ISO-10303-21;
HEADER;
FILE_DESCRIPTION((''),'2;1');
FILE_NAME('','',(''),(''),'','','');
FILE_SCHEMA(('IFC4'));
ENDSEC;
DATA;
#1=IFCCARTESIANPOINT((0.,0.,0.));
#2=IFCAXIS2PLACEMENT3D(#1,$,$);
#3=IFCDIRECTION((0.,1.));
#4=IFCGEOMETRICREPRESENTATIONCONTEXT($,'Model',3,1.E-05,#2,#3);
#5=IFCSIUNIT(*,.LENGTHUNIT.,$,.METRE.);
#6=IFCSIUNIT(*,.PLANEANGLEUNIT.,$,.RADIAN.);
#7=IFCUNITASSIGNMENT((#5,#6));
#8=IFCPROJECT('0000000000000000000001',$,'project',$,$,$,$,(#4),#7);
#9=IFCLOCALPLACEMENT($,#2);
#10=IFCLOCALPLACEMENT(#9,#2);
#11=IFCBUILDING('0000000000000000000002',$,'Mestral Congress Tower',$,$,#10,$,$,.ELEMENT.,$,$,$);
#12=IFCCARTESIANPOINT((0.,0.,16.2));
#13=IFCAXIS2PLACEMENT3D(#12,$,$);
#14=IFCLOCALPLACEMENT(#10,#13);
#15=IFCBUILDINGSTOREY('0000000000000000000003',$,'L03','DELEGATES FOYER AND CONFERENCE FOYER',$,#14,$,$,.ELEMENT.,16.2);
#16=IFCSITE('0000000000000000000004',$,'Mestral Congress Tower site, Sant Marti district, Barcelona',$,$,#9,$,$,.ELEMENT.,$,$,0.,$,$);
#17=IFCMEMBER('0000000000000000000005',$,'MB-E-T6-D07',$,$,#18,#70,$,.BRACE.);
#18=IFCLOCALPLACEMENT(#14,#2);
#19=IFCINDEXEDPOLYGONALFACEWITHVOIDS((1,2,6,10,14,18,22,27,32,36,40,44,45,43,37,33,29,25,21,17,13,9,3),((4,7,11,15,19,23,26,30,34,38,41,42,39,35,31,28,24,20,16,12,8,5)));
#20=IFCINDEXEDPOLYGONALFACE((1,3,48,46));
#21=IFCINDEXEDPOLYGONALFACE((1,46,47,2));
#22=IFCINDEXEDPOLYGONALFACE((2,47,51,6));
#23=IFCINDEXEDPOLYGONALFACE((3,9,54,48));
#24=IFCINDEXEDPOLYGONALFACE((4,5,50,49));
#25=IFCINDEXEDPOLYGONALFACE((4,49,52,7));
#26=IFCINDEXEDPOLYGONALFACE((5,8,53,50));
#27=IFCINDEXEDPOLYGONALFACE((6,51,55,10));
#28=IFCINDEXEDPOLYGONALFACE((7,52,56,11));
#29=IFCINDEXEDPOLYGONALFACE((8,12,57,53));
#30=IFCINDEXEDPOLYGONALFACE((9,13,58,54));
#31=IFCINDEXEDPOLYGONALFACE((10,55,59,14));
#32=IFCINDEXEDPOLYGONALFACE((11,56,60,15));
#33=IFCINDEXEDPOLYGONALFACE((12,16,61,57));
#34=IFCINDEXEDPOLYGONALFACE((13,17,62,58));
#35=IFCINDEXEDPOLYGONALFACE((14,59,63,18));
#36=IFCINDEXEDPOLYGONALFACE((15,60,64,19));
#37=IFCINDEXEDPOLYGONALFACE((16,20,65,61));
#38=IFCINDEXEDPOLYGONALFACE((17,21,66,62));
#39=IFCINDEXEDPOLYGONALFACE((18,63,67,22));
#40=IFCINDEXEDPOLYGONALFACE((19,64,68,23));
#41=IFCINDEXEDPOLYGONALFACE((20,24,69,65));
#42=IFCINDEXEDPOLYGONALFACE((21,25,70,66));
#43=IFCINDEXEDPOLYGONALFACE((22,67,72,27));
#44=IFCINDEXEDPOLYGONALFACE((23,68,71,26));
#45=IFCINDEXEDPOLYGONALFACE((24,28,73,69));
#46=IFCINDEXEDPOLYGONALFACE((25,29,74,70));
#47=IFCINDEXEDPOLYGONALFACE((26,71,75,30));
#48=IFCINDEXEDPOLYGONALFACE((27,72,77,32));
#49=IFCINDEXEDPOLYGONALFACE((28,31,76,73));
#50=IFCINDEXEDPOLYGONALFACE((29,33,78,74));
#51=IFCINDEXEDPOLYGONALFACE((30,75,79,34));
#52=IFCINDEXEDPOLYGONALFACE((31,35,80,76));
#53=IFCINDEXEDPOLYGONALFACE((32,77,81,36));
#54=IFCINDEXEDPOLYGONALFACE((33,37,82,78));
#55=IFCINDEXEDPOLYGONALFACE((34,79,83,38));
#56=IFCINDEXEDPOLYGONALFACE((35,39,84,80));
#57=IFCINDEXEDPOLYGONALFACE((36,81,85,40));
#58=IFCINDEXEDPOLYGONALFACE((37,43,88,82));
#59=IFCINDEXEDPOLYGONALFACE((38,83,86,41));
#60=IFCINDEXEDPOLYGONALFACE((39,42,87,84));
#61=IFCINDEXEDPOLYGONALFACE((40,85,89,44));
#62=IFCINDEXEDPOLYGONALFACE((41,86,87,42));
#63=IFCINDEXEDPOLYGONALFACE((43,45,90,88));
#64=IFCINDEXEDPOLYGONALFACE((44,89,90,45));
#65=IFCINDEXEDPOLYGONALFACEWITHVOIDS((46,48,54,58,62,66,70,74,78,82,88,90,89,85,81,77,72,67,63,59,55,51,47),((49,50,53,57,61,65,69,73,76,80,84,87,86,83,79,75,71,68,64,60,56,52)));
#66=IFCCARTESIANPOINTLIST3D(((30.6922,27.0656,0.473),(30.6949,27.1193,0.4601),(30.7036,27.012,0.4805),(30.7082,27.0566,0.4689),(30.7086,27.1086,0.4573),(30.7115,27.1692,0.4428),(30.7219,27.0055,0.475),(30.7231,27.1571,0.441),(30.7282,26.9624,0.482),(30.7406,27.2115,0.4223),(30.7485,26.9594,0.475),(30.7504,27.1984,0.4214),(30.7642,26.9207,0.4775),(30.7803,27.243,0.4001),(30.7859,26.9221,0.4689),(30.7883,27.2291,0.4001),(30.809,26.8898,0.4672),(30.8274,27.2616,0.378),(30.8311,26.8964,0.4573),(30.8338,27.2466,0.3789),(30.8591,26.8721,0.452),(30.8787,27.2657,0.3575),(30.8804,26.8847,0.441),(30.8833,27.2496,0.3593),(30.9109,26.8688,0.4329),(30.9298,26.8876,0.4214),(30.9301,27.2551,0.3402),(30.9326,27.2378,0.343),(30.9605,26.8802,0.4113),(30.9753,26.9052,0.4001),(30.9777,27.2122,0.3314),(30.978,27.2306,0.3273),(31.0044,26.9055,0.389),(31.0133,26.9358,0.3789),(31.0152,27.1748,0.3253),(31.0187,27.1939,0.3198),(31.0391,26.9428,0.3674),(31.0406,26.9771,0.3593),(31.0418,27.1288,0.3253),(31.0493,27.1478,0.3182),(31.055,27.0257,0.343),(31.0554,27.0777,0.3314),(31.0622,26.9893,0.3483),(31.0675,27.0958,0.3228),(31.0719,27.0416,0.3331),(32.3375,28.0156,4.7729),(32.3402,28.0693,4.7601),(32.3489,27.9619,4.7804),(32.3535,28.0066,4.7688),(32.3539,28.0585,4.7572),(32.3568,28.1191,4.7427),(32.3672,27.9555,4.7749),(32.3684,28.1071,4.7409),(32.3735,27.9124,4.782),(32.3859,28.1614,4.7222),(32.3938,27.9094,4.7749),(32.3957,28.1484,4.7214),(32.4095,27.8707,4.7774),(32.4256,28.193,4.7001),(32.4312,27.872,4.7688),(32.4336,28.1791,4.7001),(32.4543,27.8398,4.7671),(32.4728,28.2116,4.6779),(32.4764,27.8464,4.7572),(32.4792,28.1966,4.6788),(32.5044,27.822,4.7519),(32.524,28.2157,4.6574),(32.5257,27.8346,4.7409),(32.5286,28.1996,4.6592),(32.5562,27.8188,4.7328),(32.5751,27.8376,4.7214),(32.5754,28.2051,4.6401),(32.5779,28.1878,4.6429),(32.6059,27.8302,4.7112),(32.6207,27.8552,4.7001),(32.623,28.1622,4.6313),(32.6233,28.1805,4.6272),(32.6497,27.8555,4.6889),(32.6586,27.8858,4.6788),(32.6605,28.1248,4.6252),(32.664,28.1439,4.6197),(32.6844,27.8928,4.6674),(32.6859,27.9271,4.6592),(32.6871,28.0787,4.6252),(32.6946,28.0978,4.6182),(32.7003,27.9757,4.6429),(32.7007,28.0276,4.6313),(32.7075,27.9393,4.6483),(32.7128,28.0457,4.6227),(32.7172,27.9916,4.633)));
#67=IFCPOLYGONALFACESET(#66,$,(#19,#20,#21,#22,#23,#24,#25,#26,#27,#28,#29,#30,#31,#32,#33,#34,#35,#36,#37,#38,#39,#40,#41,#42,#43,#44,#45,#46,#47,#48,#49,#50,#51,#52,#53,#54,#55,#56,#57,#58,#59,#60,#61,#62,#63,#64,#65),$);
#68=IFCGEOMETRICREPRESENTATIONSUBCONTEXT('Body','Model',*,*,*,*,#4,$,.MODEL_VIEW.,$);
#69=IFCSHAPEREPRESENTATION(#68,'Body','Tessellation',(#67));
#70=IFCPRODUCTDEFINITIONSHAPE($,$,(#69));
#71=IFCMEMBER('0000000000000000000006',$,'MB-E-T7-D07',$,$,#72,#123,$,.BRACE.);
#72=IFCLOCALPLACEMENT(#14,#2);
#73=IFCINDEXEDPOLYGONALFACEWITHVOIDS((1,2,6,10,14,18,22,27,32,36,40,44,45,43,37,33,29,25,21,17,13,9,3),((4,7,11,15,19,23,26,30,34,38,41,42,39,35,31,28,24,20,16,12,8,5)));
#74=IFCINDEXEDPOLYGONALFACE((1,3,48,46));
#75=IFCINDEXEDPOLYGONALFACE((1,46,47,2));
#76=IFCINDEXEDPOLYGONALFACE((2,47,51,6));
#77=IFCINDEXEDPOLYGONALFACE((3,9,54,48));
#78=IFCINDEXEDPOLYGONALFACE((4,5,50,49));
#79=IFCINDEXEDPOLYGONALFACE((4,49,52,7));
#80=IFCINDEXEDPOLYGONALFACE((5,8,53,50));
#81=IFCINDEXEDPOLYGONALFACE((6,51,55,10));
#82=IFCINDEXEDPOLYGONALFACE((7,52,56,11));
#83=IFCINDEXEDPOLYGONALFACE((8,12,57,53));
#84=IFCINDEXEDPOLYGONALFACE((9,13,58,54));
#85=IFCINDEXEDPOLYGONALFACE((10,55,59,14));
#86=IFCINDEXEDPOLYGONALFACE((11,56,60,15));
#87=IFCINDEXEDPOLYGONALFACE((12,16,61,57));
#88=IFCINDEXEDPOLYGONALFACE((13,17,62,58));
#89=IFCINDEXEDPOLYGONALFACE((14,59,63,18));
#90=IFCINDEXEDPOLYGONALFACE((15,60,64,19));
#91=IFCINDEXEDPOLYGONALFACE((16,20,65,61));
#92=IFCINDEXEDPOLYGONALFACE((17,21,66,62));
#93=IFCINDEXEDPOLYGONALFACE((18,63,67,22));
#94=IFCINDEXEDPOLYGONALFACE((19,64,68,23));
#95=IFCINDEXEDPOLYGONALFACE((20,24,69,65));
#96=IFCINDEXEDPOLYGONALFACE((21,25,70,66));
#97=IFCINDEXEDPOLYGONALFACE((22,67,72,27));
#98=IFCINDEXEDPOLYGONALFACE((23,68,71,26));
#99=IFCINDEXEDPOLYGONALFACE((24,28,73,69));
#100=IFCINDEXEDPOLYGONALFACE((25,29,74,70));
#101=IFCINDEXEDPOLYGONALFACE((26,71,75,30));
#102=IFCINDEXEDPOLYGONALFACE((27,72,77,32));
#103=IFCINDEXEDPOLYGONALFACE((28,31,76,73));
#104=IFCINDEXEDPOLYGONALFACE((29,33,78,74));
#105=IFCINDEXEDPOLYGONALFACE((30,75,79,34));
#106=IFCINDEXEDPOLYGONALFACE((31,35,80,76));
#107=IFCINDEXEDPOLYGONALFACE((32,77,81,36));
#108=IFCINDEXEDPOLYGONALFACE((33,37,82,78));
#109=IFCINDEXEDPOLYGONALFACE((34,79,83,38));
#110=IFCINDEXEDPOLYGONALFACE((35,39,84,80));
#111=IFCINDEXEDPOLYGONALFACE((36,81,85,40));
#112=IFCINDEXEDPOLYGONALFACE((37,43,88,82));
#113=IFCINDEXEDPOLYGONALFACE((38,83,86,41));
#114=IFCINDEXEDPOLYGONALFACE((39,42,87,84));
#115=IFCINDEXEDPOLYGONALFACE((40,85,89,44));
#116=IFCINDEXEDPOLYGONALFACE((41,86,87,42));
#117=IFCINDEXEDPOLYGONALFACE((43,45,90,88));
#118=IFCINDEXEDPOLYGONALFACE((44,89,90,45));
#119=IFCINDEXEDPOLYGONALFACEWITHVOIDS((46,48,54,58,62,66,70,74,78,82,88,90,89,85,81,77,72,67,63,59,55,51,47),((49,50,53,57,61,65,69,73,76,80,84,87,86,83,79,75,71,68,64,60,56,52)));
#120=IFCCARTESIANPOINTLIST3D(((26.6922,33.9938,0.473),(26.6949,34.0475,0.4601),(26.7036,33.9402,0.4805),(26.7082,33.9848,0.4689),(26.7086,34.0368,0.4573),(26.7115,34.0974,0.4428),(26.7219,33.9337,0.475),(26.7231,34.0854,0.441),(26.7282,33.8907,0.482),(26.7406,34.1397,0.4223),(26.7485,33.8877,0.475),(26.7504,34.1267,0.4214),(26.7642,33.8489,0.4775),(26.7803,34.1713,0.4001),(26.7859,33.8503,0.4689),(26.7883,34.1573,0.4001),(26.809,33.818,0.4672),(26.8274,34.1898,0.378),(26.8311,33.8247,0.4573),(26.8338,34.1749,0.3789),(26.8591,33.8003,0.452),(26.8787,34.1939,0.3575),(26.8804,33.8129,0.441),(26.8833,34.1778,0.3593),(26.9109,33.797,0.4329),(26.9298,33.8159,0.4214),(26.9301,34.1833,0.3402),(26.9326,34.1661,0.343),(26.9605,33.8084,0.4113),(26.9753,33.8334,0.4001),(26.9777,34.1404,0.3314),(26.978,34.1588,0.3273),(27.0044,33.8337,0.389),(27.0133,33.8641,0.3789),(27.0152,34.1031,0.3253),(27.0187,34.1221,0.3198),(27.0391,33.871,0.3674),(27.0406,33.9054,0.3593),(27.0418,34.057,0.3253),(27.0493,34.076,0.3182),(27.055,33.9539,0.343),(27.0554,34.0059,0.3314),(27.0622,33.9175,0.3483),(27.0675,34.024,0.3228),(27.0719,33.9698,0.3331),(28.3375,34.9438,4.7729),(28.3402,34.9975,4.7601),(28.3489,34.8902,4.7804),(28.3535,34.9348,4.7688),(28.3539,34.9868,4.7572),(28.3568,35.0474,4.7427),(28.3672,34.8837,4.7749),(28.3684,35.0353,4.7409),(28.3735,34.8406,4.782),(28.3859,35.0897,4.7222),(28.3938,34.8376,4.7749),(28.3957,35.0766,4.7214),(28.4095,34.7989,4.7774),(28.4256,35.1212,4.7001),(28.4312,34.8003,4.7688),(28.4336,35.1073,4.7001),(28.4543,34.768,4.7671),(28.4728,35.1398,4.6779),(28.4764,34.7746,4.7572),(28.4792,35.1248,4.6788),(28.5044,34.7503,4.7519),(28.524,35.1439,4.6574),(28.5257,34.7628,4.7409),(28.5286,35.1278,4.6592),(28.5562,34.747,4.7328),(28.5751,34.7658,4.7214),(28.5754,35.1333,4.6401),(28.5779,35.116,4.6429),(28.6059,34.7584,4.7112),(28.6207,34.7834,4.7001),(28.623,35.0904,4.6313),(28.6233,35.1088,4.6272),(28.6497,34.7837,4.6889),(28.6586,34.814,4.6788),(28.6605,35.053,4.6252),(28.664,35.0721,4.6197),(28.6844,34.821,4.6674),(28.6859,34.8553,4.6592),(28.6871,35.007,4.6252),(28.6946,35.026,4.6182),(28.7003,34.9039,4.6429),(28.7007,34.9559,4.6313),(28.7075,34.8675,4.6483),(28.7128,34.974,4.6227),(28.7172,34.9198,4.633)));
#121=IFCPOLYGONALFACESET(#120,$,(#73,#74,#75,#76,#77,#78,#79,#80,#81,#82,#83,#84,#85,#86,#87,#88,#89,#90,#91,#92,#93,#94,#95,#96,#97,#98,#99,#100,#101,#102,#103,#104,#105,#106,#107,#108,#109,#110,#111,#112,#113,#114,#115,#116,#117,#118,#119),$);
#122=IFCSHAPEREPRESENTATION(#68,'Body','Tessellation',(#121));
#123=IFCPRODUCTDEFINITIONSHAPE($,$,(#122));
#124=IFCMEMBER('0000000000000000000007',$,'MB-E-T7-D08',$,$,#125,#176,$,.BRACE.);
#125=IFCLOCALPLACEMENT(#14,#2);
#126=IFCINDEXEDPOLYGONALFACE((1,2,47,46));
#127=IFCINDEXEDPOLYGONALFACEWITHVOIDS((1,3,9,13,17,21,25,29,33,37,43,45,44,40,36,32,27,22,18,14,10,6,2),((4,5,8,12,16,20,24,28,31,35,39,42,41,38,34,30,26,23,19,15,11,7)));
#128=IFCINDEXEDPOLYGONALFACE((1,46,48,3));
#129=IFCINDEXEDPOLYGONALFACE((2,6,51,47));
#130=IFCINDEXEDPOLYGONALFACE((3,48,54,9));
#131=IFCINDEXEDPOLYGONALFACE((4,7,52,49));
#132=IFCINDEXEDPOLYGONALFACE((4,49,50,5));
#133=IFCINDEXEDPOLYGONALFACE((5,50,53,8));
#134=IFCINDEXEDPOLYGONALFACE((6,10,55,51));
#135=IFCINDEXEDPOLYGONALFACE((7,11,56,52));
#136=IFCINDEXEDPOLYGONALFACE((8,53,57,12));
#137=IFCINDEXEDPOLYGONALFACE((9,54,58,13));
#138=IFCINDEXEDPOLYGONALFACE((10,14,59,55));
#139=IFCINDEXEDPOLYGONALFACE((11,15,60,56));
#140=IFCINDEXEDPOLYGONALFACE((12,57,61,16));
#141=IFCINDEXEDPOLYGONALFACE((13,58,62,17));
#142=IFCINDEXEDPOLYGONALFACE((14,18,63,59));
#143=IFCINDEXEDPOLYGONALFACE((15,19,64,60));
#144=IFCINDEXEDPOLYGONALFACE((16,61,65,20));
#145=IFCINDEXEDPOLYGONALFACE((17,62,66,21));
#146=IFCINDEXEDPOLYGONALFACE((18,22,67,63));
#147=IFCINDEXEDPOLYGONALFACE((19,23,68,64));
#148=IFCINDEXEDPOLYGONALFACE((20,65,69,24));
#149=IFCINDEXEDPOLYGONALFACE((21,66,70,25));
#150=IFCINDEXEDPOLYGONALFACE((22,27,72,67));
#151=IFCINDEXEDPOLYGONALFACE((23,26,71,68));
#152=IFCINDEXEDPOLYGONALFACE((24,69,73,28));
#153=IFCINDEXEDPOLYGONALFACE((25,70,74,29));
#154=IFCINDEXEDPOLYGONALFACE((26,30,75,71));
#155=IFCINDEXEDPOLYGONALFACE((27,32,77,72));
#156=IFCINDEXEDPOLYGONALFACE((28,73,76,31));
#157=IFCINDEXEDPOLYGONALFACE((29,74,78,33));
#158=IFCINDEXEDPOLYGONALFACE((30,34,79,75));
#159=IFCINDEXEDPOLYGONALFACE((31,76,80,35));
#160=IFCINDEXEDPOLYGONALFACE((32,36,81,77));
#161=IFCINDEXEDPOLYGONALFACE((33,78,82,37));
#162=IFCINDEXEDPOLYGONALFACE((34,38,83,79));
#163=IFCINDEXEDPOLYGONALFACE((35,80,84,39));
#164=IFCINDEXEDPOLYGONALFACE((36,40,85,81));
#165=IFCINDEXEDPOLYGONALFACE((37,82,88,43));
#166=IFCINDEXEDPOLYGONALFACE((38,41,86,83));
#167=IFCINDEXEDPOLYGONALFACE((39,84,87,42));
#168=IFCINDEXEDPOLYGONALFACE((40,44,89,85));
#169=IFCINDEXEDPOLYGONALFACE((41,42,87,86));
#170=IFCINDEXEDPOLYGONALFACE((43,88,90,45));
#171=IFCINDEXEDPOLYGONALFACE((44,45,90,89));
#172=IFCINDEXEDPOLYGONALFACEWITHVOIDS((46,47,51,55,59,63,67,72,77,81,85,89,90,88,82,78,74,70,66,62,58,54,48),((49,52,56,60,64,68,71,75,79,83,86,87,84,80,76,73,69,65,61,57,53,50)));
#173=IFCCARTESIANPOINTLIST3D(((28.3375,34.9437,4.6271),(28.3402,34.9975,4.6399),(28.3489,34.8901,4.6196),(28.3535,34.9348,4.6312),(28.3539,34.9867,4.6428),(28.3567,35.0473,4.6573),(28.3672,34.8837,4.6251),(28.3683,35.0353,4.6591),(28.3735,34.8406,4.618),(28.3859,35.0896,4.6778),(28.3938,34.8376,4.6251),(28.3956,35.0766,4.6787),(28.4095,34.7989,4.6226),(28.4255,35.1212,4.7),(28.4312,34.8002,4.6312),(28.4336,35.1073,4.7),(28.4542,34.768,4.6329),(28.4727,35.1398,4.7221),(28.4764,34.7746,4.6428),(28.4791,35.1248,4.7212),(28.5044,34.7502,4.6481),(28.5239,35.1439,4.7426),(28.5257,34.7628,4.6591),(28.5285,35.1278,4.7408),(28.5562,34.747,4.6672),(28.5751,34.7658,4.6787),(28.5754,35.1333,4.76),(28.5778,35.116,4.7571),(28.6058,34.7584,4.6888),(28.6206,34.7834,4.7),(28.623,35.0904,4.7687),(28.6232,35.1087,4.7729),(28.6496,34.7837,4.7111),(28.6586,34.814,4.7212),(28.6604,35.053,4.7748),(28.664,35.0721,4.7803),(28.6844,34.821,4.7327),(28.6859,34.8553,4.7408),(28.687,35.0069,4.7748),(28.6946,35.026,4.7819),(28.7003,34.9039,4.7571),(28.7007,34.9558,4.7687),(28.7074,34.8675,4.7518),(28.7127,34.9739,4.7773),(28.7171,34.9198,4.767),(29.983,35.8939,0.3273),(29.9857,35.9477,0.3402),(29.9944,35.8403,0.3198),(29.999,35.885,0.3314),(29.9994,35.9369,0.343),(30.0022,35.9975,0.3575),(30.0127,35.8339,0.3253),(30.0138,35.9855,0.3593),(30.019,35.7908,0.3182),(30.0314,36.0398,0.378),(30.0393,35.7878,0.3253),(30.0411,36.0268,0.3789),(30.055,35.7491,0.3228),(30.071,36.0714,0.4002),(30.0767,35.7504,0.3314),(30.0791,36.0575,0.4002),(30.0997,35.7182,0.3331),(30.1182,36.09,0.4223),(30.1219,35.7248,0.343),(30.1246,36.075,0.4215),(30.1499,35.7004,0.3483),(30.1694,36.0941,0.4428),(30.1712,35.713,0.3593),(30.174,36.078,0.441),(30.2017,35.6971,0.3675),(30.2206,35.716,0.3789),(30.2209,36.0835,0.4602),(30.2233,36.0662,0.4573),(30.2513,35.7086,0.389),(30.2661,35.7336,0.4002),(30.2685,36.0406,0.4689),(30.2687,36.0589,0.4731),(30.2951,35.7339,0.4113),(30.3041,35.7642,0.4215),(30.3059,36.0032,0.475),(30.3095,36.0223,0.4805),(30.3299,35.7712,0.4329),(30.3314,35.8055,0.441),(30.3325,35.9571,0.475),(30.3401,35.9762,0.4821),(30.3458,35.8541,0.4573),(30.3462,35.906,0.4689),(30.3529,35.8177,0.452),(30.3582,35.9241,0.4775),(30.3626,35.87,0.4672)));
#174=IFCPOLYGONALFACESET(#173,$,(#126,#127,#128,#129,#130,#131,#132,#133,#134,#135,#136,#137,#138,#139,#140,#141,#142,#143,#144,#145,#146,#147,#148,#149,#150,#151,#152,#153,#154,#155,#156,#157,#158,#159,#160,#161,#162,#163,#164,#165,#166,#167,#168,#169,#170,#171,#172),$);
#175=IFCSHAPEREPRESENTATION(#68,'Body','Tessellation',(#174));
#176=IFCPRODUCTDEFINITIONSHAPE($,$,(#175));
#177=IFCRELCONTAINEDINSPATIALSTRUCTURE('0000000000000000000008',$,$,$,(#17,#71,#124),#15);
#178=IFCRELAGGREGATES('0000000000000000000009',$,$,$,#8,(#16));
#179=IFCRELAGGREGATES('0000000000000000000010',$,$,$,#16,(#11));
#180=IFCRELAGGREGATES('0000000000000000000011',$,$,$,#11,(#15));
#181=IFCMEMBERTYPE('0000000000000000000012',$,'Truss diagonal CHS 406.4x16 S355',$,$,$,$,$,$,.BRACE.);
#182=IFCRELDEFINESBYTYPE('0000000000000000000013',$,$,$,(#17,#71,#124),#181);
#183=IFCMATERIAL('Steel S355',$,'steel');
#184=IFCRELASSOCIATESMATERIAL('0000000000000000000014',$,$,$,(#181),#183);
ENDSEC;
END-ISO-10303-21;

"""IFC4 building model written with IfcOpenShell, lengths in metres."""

from ifc_helpers import new_model, si_unit, direction, frame, origin, origin_2d, place, context, subcontext, project, spatial, hollow_circle, extrude, material, material_profile, profile_set, type_object, element, save


model = new_model("IFC4")

# Units and contexts
model_context = context("Model", 3, precision=1e-05, world=origin(), true_north=direction((0.0, 1.0)))
body_context = subcontext(model_context, "Body", "Model", "MODEL_VIEW")
ifc_project = project(units=[si_unit("LENGTHUNIT", "METRE"), si_unit("PLANEANGLEUNIT", "RADIAN")], contexts=[model_context])

# Site, building, storey
site_placement = place(None, origin())
site = spatial("IfcSite", under=ifc_project, at=site_placement, Name="Mestral Congress Tower site, Sant Marti district, Barcelona", CompositionType="ELEMENT", RefElevation=0.0)
building_placement = place(site_placement, origin())
building = spatial("IfcBuilding", under=site, at=building_placement, Name="Mestral Congress Tower", CompositionType="ELEMENT")
storey_placement = place(building_placement, frame((0.0, 0.0, 16.2)))
storey = spatial("IfcBuildingStorey", under=building, at=storey_placement, Name="L03", Description="DELEGATES FOYER AND CONFERENCE FOYER", CompositionType="ELEMENT", Elevation=16.2)

# Members
ifc_material = material(Name="Steel S355", Category="steel")
ifc_material_profile_1 = material_profile(ifc_material, hollow_circle(Radius=0.2031, WallThickness=0.0161, at=origin_2d()), Name="CHS 406.4x16")
ifc_profile_set_1 = profile_set([ifc_material_profile_1], Name="Steel S355")
member_type_1 = type_object("IfcMemberType", Name="Truss diagonal CHS 406.4x16 S355", PredefinedType="BRACE", material=ifc_profile_set_1)
for number, where, z_axis, x_axis, name in (
    (1, (30.8818, 27.0671, 0.4001), (0.349996, 0.202082, 0.914694), (-0.500023, 0.866012, 0.0), "MB-E-T6-D07"),
    (2, (26.8818, 33.9954, 0.4001), (0.349996, 0.202082, 0.914694), (-0.500023, 0.866012, 0.0), "MB-E-T7-D07"),
    (3, (28.5271, 34.9453, 4.7), (0.350038, 0.202129, -0.914668), (-0.500064, 0.865989, 0.0), "MB-E-T7-D08"),
):
    element("IfcMember", number, at=place(storey_placement, frame(where, z_axis=z_axis, x_axis=x_axis)), inside=storey, type_object=member_type_1, Name=name, PredefinedType="BRACE", context=body_context, shape_type="SweptSolid", body=[
        extrude(hollow_circle(Radius=0.2031, WallThickness=0.0161, at=origin_2d()), origin(), (0.0, 0.0, 1.0), 4.7009),
    ])

save(model, "model.ifc")
